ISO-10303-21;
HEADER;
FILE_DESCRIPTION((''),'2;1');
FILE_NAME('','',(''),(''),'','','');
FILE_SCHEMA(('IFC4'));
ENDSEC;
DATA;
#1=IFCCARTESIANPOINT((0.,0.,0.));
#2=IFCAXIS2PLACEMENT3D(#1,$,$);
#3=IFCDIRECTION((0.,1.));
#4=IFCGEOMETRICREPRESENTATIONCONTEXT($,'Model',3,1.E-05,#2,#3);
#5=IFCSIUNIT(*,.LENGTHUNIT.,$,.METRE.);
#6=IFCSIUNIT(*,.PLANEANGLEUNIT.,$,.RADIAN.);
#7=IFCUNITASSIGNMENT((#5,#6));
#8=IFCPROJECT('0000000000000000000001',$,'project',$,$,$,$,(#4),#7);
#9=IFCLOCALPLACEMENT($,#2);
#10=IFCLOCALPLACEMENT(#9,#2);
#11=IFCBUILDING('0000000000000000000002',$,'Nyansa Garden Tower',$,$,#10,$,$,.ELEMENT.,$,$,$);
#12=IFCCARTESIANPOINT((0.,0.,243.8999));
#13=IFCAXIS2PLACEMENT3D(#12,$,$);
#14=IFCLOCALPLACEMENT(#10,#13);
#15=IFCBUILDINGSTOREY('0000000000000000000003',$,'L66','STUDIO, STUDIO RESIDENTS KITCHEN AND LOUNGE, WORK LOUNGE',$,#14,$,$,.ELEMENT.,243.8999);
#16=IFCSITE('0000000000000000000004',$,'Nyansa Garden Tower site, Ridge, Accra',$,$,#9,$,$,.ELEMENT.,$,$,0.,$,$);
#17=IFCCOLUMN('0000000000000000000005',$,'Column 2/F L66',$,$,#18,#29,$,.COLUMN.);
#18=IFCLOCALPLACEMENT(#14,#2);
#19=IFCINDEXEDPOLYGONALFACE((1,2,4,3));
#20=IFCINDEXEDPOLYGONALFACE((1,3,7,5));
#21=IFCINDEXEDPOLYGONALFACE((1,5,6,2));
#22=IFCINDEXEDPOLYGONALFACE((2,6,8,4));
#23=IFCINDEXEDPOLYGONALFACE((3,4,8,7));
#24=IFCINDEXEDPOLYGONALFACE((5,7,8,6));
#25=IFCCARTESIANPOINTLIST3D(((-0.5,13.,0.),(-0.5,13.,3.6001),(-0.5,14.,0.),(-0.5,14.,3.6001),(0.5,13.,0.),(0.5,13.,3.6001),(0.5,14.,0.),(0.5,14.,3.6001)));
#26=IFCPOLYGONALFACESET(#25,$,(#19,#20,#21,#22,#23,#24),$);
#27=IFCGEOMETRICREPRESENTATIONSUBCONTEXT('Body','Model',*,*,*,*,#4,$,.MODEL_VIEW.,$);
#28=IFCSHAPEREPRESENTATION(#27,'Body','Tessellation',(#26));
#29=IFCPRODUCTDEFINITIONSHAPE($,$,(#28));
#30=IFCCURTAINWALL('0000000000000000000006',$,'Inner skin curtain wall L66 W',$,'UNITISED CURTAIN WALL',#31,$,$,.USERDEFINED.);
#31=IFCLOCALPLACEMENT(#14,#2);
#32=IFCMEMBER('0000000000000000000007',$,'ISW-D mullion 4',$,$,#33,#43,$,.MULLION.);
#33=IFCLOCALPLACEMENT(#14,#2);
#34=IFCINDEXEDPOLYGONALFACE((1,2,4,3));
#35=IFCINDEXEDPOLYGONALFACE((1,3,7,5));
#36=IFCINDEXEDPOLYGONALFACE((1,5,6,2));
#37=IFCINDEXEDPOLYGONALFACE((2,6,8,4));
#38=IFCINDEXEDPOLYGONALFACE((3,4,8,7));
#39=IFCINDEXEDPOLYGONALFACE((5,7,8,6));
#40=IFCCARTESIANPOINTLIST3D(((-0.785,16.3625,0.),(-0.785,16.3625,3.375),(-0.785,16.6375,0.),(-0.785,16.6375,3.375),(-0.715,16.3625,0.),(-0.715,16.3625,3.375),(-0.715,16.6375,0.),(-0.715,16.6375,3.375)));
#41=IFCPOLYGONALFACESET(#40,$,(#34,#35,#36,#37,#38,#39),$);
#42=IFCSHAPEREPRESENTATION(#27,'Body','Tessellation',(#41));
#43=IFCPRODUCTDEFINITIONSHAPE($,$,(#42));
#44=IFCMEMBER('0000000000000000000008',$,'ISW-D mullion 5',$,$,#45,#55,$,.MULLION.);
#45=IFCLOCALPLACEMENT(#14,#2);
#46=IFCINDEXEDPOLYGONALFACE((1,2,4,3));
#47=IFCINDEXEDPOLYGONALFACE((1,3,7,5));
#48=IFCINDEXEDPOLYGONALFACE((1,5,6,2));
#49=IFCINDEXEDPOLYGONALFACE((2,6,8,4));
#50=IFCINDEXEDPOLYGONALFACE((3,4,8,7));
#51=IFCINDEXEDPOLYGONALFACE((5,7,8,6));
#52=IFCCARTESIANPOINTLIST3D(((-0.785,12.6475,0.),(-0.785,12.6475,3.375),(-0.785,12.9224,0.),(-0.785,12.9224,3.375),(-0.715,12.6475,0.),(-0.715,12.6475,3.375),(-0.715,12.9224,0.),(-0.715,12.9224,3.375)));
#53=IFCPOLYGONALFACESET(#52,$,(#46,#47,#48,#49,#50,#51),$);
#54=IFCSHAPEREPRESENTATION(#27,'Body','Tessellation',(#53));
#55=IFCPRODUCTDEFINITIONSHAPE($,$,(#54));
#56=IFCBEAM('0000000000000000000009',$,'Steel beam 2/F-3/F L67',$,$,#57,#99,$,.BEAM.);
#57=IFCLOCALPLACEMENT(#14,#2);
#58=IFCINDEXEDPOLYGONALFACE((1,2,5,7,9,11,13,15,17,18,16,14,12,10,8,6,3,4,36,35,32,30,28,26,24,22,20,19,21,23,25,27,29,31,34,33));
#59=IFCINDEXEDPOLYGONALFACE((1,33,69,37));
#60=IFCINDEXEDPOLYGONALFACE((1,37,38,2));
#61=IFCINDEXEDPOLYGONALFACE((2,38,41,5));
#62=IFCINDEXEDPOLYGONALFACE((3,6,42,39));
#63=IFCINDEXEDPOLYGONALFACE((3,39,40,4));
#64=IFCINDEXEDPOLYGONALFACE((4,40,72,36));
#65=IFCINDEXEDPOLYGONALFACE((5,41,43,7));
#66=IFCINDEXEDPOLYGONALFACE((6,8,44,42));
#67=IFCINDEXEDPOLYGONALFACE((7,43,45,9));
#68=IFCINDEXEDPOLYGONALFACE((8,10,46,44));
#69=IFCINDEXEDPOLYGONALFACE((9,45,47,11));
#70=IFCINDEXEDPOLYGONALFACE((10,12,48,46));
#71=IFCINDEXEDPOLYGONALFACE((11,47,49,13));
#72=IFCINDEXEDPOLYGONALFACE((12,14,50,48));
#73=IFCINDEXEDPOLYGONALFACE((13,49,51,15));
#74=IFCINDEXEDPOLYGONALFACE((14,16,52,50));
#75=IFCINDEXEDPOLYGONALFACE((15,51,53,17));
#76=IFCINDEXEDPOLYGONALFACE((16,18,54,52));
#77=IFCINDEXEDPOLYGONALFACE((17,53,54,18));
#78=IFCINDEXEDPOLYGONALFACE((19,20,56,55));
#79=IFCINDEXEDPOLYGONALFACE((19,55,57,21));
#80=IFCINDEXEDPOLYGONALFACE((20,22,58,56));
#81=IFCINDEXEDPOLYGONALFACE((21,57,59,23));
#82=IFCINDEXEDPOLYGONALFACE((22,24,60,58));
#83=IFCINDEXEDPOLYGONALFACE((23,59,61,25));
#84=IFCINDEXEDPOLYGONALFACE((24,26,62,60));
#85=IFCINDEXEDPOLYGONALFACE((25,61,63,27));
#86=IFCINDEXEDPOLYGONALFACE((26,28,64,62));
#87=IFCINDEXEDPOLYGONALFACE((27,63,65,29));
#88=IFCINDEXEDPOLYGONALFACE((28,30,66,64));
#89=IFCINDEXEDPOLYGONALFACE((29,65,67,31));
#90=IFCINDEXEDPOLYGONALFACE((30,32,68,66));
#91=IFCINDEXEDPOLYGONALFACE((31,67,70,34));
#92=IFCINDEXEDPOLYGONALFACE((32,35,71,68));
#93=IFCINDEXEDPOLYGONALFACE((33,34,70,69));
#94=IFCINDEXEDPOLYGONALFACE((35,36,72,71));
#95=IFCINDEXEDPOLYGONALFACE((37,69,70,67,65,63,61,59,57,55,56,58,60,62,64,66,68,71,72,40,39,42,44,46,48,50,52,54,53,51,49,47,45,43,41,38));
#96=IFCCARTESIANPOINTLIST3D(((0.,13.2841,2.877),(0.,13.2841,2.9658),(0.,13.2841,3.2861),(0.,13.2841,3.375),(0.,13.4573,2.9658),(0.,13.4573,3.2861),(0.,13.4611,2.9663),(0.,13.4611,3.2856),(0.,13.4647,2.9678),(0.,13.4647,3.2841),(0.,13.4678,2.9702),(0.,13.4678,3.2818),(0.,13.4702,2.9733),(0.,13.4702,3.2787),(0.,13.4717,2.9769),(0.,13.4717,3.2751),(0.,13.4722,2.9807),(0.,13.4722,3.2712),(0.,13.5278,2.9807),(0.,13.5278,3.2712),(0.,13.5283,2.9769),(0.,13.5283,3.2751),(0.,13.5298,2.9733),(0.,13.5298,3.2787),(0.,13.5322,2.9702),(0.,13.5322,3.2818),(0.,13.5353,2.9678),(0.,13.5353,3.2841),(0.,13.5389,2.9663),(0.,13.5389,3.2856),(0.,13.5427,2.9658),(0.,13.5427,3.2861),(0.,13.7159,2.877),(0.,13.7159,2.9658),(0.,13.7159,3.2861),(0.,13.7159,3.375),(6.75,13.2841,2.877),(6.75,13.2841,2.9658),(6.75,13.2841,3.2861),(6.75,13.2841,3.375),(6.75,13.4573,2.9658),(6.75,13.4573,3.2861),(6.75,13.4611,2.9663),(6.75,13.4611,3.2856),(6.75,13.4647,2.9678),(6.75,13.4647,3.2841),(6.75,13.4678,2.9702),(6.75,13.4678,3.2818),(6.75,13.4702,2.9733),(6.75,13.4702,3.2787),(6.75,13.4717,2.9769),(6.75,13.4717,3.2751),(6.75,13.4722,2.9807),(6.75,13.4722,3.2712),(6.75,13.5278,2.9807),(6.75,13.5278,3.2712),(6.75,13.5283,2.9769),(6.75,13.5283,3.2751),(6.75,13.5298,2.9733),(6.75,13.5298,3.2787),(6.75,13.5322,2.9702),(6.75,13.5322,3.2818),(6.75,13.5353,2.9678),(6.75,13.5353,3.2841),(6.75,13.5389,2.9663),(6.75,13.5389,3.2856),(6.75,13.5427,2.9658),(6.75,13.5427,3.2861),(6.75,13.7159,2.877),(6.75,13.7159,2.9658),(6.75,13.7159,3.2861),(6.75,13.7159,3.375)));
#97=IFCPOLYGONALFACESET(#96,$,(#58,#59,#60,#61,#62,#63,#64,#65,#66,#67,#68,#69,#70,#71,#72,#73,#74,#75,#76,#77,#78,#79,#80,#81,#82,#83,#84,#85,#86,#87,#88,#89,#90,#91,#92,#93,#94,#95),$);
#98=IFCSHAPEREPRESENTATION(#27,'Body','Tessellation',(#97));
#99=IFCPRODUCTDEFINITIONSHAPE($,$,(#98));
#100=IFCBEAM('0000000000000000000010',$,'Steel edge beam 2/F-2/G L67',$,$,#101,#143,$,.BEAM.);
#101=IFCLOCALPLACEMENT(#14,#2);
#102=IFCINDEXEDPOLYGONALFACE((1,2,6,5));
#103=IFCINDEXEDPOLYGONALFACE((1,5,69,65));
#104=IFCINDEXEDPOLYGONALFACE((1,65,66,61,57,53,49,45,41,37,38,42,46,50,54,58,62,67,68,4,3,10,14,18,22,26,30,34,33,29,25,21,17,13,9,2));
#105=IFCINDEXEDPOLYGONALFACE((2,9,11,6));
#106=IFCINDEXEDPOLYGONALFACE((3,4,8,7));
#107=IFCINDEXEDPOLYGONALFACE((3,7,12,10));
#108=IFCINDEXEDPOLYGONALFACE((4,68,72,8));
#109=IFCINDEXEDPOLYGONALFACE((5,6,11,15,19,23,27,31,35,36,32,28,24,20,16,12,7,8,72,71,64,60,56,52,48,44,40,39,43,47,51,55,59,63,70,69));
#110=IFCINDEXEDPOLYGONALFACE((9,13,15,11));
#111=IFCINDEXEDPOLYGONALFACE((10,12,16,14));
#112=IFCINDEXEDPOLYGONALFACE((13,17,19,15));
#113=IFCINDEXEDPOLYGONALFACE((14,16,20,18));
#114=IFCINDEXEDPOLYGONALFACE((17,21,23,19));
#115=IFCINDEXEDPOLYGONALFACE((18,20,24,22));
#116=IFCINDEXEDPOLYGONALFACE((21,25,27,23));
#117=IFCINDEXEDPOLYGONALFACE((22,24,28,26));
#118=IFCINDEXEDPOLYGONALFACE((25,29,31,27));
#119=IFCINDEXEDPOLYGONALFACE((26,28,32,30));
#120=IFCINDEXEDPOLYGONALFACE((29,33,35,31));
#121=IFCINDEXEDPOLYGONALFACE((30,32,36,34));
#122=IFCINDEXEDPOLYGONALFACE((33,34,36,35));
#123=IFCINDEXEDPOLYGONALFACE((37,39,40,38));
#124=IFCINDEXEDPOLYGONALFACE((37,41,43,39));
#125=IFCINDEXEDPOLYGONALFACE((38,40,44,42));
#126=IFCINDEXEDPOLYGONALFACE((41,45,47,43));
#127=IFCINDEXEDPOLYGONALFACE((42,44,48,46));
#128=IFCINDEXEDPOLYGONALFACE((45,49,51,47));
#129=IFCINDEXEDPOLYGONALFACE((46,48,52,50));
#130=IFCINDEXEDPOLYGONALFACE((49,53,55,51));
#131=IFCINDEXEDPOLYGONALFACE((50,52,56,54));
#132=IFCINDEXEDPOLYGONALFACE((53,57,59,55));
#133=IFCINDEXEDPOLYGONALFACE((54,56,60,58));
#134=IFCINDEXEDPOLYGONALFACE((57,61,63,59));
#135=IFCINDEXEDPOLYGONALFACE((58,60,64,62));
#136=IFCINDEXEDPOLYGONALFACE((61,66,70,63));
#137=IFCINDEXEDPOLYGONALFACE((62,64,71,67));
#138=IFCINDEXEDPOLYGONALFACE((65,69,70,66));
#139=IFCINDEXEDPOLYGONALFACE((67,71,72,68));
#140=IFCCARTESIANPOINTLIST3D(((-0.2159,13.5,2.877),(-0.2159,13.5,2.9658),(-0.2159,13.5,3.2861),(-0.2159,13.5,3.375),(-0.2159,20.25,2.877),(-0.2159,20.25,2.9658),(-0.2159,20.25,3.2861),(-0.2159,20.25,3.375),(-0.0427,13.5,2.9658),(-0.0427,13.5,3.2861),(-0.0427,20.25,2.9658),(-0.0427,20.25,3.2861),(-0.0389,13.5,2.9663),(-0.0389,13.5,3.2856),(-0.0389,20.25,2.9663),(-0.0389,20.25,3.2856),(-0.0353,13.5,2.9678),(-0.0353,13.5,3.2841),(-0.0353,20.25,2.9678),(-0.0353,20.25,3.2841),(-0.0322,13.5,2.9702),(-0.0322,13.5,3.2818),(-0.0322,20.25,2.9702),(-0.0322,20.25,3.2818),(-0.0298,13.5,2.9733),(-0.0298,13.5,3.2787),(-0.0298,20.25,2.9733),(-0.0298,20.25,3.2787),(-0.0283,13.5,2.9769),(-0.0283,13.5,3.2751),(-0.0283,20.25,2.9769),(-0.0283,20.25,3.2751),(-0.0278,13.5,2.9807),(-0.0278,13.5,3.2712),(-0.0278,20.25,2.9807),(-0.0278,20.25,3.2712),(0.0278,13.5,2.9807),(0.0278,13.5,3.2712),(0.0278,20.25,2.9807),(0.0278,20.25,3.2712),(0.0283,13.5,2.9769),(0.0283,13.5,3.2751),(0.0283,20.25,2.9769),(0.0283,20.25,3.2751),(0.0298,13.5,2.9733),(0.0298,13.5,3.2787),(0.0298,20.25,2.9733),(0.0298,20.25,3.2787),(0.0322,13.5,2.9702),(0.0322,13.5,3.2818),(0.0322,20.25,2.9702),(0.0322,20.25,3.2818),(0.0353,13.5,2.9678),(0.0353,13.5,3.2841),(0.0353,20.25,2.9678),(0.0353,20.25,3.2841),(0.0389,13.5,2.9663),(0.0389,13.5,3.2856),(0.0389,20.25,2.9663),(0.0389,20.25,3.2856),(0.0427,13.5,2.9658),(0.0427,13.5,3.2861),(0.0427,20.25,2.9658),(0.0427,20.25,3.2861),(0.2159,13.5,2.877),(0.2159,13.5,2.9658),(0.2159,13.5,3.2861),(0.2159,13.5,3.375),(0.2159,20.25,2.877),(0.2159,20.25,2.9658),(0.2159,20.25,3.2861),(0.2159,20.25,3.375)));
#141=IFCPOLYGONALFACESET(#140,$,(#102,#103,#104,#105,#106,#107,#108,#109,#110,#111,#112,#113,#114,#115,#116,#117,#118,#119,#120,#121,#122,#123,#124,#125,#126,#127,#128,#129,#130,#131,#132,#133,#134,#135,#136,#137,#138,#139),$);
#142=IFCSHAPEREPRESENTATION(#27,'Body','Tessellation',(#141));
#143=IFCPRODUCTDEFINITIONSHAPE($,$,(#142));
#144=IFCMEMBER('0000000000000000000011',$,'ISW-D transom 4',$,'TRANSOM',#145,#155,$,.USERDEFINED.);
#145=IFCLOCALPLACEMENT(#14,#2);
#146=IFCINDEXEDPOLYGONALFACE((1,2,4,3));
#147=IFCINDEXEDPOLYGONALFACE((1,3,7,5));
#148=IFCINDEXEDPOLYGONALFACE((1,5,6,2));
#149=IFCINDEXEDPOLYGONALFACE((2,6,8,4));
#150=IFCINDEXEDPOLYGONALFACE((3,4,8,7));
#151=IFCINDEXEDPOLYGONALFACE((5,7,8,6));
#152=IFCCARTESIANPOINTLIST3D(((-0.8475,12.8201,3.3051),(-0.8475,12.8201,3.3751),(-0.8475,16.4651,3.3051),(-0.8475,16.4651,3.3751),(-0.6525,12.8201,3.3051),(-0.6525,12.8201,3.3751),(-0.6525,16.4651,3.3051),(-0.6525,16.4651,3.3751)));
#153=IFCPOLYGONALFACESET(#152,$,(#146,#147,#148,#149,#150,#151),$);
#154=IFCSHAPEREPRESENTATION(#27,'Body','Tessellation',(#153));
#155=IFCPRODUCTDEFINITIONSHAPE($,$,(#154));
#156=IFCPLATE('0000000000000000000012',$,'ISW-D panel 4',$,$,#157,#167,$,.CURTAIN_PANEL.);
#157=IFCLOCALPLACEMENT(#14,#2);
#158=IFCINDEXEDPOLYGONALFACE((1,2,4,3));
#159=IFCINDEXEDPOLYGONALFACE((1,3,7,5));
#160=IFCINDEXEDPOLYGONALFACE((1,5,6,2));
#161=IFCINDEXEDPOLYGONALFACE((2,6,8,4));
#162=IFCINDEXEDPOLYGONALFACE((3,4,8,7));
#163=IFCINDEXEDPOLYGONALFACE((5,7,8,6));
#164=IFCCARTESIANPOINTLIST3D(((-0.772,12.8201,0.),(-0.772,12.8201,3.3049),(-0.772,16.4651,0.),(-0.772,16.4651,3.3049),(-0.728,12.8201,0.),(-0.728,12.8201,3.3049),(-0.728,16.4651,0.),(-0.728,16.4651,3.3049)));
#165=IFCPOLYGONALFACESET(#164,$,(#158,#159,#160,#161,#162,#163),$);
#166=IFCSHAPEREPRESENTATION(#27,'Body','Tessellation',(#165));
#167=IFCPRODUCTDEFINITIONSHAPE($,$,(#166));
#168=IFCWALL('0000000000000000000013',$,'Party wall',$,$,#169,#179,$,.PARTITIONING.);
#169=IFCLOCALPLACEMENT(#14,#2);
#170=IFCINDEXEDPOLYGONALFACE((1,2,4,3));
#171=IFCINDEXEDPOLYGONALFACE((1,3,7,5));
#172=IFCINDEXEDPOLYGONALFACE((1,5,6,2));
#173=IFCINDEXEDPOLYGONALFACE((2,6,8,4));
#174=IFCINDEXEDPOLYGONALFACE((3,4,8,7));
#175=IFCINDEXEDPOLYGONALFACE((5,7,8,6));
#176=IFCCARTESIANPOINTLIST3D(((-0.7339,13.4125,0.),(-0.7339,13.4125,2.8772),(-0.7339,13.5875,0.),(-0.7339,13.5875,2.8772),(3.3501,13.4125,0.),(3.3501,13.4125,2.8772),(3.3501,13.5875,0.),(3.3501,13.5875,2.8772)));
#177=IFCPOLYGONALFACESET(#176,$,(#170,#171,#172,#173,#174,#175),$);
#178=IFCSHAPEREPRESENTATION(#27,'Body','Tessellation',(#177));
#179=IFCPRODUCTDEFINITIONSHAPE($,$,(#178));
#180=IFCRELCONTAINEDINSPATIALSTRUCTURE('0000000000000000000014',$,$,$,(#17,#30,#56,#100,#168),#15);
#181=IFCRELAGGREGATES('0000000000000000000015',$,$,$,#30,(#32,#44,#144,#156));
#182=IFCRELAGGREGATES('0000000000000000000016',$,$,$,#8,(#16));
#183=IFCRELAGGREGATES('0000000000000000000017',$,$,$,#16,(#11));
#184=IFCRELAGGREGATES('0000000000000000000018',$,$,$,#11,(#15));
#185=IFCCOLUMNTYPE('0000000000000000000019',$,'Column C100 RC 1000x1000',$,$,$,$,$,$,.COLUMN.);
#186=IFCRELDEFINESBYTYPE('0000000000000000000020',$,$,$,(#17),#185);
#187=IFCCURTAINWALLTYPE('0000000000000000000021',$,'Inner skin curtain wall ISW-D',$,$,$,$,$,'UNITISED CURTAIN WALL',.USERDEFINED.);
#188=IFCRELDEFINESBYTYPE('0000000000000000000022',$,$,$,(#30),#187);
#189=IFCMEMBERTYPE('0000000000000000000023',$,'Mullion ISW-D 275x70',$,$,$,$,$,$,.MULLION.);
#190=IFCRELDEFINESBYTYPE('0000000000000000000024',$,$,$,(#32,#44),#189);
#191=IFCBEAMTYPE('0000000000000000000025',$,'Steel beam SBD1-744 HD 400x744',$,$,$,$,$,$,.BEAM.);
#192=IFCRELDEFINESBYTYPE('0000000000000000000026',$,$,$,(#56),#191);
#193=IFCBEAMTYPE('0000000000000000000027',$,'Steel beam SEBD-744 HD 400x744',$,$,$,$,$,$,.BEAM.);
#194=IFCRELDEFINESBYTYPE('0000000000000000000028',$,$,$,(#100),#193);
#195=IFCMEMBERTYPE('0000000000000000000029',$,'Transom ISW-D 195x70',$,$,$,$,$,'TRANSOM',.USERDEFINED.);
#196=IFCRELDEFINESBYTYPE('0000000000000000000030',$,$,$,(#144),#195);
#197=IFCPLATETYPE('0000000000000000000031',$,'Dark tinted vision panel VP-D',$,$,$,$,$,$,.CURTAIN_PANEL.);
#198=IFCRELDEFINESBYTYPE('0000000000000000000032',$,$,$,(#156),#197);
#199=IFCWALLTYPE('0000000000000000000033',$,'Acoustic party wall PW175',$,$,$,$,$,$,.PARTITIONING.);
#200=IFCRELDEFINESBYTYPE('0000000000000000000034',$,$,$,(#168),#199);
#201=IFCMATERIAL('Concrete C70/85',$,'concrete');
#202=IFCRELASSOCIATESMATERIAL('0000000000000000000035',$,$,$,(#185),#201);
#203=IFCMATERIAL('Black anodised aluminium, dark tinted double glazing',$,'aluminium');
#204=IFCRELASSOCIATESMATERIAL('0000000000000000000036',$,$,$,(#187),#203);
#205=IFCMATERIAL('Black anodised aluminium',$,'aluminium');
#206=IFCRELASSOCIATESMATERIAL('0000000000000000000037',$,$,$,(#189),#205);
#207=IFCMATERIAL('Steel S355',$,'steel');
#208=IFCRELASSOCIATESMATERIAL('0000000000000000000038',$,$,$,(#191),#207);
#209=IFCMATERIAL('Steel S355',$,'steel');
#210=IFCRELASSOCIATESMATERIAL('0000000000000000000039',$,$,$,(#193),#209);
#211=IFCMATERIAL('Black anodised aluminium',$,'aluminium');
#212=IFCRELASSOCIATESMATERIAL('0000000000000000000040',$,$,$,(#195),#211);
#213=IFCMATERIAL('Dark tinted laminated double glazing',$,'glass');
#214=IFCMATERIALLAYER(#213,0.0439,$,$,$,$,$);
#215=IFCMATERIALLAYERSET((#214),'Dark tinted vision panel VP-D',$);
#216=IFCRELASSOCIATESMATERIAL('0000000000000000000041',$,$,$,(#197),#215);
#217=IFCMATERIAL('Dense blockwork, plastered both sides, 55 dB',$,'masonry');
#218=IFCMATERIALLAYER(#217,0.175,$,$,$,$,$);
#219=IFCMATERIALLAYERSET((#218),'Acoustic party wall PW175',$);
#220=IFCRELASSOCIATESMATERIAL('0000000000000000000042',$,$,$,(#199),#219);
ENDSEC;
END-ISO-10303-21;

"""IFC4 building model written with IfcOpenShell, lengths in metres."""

from ifc_helpers import new_model, si_unit, direction, frame, frame_2d, origin, origin_2d, place, context, subcontext, project, spatial, rectangle, i_section, extrude, material, layer, layer_set, material_profile, profile_set, type_object, element, aggregate, save


model = new_model("IFC4")

# Units and contexts
model_context = context("Model", 3, precision=1e-05, world=origin(), true_north=direction((0.0, 1.0)))
body_context = subcontext(model_context, "Body", "Model", "MODEL_VIEW")
ifc_project = project(units=[si_unit("LENGTHUNIT", "METRE"), si_unit("PLANEANGLEUNIT", "RADIAN")], contexts=[model_context])

# Site, building, storey
site_placement = place(None, origin())
site = spatial("IfcSite", under=ifc_project, at=site_placement, Name="Nyansa Garden Tower site, Ridge, Accra", CompositionType="ELEMENT", RefElevation=0.0)
building_placement = place(site_placement, origin())
building = spatial("IfcBuilding", under=site, at=building_placement, Name="Nyansa Garden Tower", CompositionType="ELEMENT")
storey_placement = place(building_placement, frame((0.0, 0.0, 243.8999)))
storey = spatial("IfcBuildingStorey", under=building, at=storey_placement, Name="L66", Description="STUDIO, STUDIO RESIDENTS KITCHEN AND LOUNGE, WORK LOUNGE", CompositionType="ELEMENT", Elevation=243.8999)

# Column
ifc_material_1 = material(Name="Concrete C70/85", Category="concrete")
ifc_material_profile_1 = material_profile(ifc_material_1, rectangle(XDim=1.0, YDim=1.0, at=origin_2d()), Name="RC 1000x1000")
ifc_profile_set_1 = profile_set([ifc_material_profile_1], Name="Concrete C70/85")
column_type = type_object("IfcColumnType", Name="Column C100 RC 1000x1000", PredefinedType="COLUMN", material=ifc_profile_set_1)
column_placement = place(storey_placement, frame((0.0, 13.5, 0.0), z_axis=(0.0, 0.0, 1.0), x_axis=(1.0, 0.0, 0.0)))
element("IfcColumn", 1, at=column_placement, inside=storey, type_object=column_type, Name="Column 2/F L66", PredefinedType="COLUMN", context=body_context, shape_type="SweptSolid", body=[
    extrude(rectangle(XDim=1.0, YDim=1.0, at=origin_2d()), origin(), (0.0, 0.0, 1.0), 3.6001),
])

# Curtain wall, members
ifc_material_2 = material(Name="Black anodised aluminium, dark tinted double glazing", Category="aluminium")
curtain_wall_type = type_object("IfcCurtainWallType", Name="Inner skin curtain wall ISW-D", ElementType="UNITISED CURTAIN WALL", PredefinedType="USERDEFINED", material=ifc_material_2)
curtain_wall_placement = place(storey_placement, origin())
curtain_wall = element("IfcCurtainWall", 2, at=curtain_wall_placement, inside=storey, type_object=curtain_wall_type, Name="Inner skin curtain wall L66 W", ObjectType="UNITISED CURTAIN WALL", PredefinedType="USERDEFINED")
ifc_material_3 = material(Name="Black anodised aluminium", Category="aluminium")
ifc_material_profile_2 = material_profile(ifc_material_3, rectangle(XDim=0.0701, YDim=0.2749, at=origin_2d()), Name="Mullion 275x70")
ifc_profile_set_2 = profile_set([ifc_material_profile_2], Name="Black anodised aluminium")
member_type_1 = type_object("IfcMemberType", Name="Mullion ISW-D 275x70", PredefinedType="MULLION", material=ifc_profile_set_2)
member_1_placement = place(storey_placement, frame((-0.75, 16.5, 0.0), z_axis=(0.0, 0.0, 1.0), x_axis=(1.0, 0.0, 0.0)))
member_1 = element("IfcMember", 3, at=member_1_placement, type_object=member_type_1, Name="ISW-D mullion 4", PredefinedType="MULLION", context=body_context, shape_type="SweptSolid", body=[
    extrude(rectangle(XDim=0.0701, YDim=0.2749, at=origin_2d()), origin(), (0.0, 0.0, 1.0), 3.375),
])
member_2_placement = place(storey_placement, frame((-0.75, 12.7849, 0.0), z_axis=(0.0, 0.0, 1.0), x_axis=(1.0, 0.0, 0.0)))
member_2 = element("IfcMember", 4, at=member_2_placement, type_object=member_type_1, Name="ISW-D mullion 5", PredefinedType="MULLION", context=body_context, shape_type="SweptSolid", body=[
    extrude(rectangle(XDim=0.0701, YDim=0.2749, at=origin_2d()), origin(), (0.0, 0.0, 1.0), 3.375),
])

# Beams
ifc_material_4 = material(Name="Steel S355", Category="steel")
ifc_material_profile_3 = material_profile(ifc_material_4, i_section(OverallWidth=0.4319, OverallDepth=0.498, WebThickness=0.0557, FlangeThickness=0.0889, FilletRadius=0.0149, at=origin_2d()), Name="HD 400x744")
ifc_profile_set_3 = profile_set([ifc_material_profile_3], Name="Steel S355")
beam_type_1 = type_object("IfcBeamType", Name="Steel beam SBD1-744 HD 400x744", PredefinedType="BEAM", material=ifc_profile_set_3)
beam_1_placement = place(storey_placement, frame((0.0, 13.5, 3.126), z_axis=(1.0, 0.0, 0.0), x_axis=(0.0, 1.0, 0.0)))
element("IfcBeam", 5, at=beam_1_placement, inside=storey, type_object=beam_type_1, Name="Steel beam 2/F-3/F L67", PredefinedType="BEAM", context=body_context, shape_type="SweptSolid", body=[
    extrude(i_section(OverallWidth=0.4319, OverallDepth=0.498, WebThickness=0.0557, FlangeThickness=0.0889, FilletRadius=0.0149, at=origin_2d()), origin(), (0.0, 0.0, 1.0), 6.75),
])
ifc_material_5 = material(Name="Steel S355", Category="steel")
ifc_material_profile_4 = material_profile(ifc_material_5, i_section(OverallWidth=0.4319, OverallDepth=0.498, WebThickness=0.0557, FlangeThickness=0.0889, FilletRadius=0.0149, at=origin_2d()), Name="HD 400x744")
ifc_profile_set_4 = profile_set([ifc_material_profile_4], Name="Steel S355")
beam_type_2 = type_object("IfcBeamType", Name="Steel beam SEBD-744 HD 400x744", PredefinedType="BEAM", material=ifc_profile_set_4)
beam_2_placement = place(storey_placement, frame((0.0, 13.5, 3.126), z_axis=(0.0, 1.0, 0.0), x_axis=(-1.0, 0.0, 0.0)))
element("IfcBeam", 6, at=beam_2_placement, inside=storey, type_object=beam_type_2, Name="Steel edge beam 2/F-2/G L67", PredefinedType="BEAM", context=body_context, shape_type="SweptSolid", body=[
    extrude(i_section(OverallWidth=0.4319, OverallDepth=0.498, WebThickness=0.0557, FlangeThickness=0.0889, FilletRadius=0.0149, at=origin_2d()), origin(), (0.0, 0.0, 1.0), 6.75),
])

# Member
ifc_material_6 = material(Name="Black anodised aluminium", Category="aluminium")
ifc_material_profile_5 = material_profile(ifc_material_6, rectangle(XDim=0.1951, YDim=0.0701, at=origin_2d()), Name="Transom 195x70")
ifc_profile_set_5 = profile_set([ifc_material_profile_5], Name="Black anodised aluminium")
member_type_2 = type_object("IfcMemberType", Name="Transom ISW-D 195x70", ElementType="TRANSOM", PredefinedType="USERDEFINED", material=ifc_profile_set_5)
member_3_placement = place(storey_placement, frame((-0.75, 16.4651, 3.3401), z_axis=(0.0, -1.0, 0.0), x_axis=(1.0, 0.0, 0.0)))
member_3 = element("IfcMember", 7, at=member_3_placement, type_object=member_type_2, Name="ISW-D transom 4", ObjectType="TRANSOM", PredefinedType="USERDEFINED", context=body_context, shape_type="SweptSolid", body=[
    extrude(rectangle(XDim=0.1951, YDim=0.0701, at=origin_2d()), origin(), (0.0, 0.0, 1.0), 3.645),
])

# Plate
ifc_material_7 = material(Name="Dark tinted laminated double glazing", Category="glass")
ifc_layer_1 = layer(ifc_material_7, 0.0439)
ifc_layer_set_1 = layer_set([ifc_layer_1], Name="Dark tinted vision panel VP-D")
plate_type = type_object("IfcPlateType", Name="Dark tinted vision panel VP-D", PredefinedType="CURTAIN_PANEL", material=ifc_layer_set_1)
plate_placement = place(storey_placement, frame((-0.75, 14.6426, 0.0), z_axis=(0.0, 0.0, 1.0), x_axis=(0.0, -1.0, 0.0)))
plate = element("IfcPlate", 8, at=plate_placement, type_object=plate_type, Name="ISW-D panel 4", PredefinedType="CURTAIN_PANEL", context=body_context, shape_type="SweptSolid", body=[
    extrude(rectangle(XDim=3.645, YDim=0.0439, at=origin_2d()), origin(), (0.0, 0.0, 1.0), 3.3049),
])
aggregate(curtain_wall, [member_1, member_2, member_3, plate])

# Wall
ifc_material_8 = material(Name="Dense blockwork, plastered both sides, 55 dB", Category="masonry")
ifc_layer_2 = layer(ifc_material_8, 0.175)
ifc_layer_set_2 = layer_set([ifc_layer_2], Name="Acoustic party wall PW175")
wall_type_1 = type_object("IfcWallType", Name="Acoustic party wall PW175", PredefinedType="PARTITIONING", material=ifc_layer_set_2)
wall_1_placement = place(storey_placement, frame((-0.7339, 13.5, 0.0), z_axis=(0.0, 0.0, 1.0), x_axis=(1.0, 0.0, 0.0)))
element("IfcWall", 9, at=wall_1_placement, inside=storey, type_object=wall_type_1, Name="Party wall", PredefinedType="PARTITIONING", context=body_context, shape_type="SweptSolid", body=[
    extrude(rectangle(XDim=4.084, YDim=0.175, at=frame_2d((2.042, 0.0))), origin(), (0.0, 0.0, 1.0), 2.8772),
])

save(model, "model.ifc")
